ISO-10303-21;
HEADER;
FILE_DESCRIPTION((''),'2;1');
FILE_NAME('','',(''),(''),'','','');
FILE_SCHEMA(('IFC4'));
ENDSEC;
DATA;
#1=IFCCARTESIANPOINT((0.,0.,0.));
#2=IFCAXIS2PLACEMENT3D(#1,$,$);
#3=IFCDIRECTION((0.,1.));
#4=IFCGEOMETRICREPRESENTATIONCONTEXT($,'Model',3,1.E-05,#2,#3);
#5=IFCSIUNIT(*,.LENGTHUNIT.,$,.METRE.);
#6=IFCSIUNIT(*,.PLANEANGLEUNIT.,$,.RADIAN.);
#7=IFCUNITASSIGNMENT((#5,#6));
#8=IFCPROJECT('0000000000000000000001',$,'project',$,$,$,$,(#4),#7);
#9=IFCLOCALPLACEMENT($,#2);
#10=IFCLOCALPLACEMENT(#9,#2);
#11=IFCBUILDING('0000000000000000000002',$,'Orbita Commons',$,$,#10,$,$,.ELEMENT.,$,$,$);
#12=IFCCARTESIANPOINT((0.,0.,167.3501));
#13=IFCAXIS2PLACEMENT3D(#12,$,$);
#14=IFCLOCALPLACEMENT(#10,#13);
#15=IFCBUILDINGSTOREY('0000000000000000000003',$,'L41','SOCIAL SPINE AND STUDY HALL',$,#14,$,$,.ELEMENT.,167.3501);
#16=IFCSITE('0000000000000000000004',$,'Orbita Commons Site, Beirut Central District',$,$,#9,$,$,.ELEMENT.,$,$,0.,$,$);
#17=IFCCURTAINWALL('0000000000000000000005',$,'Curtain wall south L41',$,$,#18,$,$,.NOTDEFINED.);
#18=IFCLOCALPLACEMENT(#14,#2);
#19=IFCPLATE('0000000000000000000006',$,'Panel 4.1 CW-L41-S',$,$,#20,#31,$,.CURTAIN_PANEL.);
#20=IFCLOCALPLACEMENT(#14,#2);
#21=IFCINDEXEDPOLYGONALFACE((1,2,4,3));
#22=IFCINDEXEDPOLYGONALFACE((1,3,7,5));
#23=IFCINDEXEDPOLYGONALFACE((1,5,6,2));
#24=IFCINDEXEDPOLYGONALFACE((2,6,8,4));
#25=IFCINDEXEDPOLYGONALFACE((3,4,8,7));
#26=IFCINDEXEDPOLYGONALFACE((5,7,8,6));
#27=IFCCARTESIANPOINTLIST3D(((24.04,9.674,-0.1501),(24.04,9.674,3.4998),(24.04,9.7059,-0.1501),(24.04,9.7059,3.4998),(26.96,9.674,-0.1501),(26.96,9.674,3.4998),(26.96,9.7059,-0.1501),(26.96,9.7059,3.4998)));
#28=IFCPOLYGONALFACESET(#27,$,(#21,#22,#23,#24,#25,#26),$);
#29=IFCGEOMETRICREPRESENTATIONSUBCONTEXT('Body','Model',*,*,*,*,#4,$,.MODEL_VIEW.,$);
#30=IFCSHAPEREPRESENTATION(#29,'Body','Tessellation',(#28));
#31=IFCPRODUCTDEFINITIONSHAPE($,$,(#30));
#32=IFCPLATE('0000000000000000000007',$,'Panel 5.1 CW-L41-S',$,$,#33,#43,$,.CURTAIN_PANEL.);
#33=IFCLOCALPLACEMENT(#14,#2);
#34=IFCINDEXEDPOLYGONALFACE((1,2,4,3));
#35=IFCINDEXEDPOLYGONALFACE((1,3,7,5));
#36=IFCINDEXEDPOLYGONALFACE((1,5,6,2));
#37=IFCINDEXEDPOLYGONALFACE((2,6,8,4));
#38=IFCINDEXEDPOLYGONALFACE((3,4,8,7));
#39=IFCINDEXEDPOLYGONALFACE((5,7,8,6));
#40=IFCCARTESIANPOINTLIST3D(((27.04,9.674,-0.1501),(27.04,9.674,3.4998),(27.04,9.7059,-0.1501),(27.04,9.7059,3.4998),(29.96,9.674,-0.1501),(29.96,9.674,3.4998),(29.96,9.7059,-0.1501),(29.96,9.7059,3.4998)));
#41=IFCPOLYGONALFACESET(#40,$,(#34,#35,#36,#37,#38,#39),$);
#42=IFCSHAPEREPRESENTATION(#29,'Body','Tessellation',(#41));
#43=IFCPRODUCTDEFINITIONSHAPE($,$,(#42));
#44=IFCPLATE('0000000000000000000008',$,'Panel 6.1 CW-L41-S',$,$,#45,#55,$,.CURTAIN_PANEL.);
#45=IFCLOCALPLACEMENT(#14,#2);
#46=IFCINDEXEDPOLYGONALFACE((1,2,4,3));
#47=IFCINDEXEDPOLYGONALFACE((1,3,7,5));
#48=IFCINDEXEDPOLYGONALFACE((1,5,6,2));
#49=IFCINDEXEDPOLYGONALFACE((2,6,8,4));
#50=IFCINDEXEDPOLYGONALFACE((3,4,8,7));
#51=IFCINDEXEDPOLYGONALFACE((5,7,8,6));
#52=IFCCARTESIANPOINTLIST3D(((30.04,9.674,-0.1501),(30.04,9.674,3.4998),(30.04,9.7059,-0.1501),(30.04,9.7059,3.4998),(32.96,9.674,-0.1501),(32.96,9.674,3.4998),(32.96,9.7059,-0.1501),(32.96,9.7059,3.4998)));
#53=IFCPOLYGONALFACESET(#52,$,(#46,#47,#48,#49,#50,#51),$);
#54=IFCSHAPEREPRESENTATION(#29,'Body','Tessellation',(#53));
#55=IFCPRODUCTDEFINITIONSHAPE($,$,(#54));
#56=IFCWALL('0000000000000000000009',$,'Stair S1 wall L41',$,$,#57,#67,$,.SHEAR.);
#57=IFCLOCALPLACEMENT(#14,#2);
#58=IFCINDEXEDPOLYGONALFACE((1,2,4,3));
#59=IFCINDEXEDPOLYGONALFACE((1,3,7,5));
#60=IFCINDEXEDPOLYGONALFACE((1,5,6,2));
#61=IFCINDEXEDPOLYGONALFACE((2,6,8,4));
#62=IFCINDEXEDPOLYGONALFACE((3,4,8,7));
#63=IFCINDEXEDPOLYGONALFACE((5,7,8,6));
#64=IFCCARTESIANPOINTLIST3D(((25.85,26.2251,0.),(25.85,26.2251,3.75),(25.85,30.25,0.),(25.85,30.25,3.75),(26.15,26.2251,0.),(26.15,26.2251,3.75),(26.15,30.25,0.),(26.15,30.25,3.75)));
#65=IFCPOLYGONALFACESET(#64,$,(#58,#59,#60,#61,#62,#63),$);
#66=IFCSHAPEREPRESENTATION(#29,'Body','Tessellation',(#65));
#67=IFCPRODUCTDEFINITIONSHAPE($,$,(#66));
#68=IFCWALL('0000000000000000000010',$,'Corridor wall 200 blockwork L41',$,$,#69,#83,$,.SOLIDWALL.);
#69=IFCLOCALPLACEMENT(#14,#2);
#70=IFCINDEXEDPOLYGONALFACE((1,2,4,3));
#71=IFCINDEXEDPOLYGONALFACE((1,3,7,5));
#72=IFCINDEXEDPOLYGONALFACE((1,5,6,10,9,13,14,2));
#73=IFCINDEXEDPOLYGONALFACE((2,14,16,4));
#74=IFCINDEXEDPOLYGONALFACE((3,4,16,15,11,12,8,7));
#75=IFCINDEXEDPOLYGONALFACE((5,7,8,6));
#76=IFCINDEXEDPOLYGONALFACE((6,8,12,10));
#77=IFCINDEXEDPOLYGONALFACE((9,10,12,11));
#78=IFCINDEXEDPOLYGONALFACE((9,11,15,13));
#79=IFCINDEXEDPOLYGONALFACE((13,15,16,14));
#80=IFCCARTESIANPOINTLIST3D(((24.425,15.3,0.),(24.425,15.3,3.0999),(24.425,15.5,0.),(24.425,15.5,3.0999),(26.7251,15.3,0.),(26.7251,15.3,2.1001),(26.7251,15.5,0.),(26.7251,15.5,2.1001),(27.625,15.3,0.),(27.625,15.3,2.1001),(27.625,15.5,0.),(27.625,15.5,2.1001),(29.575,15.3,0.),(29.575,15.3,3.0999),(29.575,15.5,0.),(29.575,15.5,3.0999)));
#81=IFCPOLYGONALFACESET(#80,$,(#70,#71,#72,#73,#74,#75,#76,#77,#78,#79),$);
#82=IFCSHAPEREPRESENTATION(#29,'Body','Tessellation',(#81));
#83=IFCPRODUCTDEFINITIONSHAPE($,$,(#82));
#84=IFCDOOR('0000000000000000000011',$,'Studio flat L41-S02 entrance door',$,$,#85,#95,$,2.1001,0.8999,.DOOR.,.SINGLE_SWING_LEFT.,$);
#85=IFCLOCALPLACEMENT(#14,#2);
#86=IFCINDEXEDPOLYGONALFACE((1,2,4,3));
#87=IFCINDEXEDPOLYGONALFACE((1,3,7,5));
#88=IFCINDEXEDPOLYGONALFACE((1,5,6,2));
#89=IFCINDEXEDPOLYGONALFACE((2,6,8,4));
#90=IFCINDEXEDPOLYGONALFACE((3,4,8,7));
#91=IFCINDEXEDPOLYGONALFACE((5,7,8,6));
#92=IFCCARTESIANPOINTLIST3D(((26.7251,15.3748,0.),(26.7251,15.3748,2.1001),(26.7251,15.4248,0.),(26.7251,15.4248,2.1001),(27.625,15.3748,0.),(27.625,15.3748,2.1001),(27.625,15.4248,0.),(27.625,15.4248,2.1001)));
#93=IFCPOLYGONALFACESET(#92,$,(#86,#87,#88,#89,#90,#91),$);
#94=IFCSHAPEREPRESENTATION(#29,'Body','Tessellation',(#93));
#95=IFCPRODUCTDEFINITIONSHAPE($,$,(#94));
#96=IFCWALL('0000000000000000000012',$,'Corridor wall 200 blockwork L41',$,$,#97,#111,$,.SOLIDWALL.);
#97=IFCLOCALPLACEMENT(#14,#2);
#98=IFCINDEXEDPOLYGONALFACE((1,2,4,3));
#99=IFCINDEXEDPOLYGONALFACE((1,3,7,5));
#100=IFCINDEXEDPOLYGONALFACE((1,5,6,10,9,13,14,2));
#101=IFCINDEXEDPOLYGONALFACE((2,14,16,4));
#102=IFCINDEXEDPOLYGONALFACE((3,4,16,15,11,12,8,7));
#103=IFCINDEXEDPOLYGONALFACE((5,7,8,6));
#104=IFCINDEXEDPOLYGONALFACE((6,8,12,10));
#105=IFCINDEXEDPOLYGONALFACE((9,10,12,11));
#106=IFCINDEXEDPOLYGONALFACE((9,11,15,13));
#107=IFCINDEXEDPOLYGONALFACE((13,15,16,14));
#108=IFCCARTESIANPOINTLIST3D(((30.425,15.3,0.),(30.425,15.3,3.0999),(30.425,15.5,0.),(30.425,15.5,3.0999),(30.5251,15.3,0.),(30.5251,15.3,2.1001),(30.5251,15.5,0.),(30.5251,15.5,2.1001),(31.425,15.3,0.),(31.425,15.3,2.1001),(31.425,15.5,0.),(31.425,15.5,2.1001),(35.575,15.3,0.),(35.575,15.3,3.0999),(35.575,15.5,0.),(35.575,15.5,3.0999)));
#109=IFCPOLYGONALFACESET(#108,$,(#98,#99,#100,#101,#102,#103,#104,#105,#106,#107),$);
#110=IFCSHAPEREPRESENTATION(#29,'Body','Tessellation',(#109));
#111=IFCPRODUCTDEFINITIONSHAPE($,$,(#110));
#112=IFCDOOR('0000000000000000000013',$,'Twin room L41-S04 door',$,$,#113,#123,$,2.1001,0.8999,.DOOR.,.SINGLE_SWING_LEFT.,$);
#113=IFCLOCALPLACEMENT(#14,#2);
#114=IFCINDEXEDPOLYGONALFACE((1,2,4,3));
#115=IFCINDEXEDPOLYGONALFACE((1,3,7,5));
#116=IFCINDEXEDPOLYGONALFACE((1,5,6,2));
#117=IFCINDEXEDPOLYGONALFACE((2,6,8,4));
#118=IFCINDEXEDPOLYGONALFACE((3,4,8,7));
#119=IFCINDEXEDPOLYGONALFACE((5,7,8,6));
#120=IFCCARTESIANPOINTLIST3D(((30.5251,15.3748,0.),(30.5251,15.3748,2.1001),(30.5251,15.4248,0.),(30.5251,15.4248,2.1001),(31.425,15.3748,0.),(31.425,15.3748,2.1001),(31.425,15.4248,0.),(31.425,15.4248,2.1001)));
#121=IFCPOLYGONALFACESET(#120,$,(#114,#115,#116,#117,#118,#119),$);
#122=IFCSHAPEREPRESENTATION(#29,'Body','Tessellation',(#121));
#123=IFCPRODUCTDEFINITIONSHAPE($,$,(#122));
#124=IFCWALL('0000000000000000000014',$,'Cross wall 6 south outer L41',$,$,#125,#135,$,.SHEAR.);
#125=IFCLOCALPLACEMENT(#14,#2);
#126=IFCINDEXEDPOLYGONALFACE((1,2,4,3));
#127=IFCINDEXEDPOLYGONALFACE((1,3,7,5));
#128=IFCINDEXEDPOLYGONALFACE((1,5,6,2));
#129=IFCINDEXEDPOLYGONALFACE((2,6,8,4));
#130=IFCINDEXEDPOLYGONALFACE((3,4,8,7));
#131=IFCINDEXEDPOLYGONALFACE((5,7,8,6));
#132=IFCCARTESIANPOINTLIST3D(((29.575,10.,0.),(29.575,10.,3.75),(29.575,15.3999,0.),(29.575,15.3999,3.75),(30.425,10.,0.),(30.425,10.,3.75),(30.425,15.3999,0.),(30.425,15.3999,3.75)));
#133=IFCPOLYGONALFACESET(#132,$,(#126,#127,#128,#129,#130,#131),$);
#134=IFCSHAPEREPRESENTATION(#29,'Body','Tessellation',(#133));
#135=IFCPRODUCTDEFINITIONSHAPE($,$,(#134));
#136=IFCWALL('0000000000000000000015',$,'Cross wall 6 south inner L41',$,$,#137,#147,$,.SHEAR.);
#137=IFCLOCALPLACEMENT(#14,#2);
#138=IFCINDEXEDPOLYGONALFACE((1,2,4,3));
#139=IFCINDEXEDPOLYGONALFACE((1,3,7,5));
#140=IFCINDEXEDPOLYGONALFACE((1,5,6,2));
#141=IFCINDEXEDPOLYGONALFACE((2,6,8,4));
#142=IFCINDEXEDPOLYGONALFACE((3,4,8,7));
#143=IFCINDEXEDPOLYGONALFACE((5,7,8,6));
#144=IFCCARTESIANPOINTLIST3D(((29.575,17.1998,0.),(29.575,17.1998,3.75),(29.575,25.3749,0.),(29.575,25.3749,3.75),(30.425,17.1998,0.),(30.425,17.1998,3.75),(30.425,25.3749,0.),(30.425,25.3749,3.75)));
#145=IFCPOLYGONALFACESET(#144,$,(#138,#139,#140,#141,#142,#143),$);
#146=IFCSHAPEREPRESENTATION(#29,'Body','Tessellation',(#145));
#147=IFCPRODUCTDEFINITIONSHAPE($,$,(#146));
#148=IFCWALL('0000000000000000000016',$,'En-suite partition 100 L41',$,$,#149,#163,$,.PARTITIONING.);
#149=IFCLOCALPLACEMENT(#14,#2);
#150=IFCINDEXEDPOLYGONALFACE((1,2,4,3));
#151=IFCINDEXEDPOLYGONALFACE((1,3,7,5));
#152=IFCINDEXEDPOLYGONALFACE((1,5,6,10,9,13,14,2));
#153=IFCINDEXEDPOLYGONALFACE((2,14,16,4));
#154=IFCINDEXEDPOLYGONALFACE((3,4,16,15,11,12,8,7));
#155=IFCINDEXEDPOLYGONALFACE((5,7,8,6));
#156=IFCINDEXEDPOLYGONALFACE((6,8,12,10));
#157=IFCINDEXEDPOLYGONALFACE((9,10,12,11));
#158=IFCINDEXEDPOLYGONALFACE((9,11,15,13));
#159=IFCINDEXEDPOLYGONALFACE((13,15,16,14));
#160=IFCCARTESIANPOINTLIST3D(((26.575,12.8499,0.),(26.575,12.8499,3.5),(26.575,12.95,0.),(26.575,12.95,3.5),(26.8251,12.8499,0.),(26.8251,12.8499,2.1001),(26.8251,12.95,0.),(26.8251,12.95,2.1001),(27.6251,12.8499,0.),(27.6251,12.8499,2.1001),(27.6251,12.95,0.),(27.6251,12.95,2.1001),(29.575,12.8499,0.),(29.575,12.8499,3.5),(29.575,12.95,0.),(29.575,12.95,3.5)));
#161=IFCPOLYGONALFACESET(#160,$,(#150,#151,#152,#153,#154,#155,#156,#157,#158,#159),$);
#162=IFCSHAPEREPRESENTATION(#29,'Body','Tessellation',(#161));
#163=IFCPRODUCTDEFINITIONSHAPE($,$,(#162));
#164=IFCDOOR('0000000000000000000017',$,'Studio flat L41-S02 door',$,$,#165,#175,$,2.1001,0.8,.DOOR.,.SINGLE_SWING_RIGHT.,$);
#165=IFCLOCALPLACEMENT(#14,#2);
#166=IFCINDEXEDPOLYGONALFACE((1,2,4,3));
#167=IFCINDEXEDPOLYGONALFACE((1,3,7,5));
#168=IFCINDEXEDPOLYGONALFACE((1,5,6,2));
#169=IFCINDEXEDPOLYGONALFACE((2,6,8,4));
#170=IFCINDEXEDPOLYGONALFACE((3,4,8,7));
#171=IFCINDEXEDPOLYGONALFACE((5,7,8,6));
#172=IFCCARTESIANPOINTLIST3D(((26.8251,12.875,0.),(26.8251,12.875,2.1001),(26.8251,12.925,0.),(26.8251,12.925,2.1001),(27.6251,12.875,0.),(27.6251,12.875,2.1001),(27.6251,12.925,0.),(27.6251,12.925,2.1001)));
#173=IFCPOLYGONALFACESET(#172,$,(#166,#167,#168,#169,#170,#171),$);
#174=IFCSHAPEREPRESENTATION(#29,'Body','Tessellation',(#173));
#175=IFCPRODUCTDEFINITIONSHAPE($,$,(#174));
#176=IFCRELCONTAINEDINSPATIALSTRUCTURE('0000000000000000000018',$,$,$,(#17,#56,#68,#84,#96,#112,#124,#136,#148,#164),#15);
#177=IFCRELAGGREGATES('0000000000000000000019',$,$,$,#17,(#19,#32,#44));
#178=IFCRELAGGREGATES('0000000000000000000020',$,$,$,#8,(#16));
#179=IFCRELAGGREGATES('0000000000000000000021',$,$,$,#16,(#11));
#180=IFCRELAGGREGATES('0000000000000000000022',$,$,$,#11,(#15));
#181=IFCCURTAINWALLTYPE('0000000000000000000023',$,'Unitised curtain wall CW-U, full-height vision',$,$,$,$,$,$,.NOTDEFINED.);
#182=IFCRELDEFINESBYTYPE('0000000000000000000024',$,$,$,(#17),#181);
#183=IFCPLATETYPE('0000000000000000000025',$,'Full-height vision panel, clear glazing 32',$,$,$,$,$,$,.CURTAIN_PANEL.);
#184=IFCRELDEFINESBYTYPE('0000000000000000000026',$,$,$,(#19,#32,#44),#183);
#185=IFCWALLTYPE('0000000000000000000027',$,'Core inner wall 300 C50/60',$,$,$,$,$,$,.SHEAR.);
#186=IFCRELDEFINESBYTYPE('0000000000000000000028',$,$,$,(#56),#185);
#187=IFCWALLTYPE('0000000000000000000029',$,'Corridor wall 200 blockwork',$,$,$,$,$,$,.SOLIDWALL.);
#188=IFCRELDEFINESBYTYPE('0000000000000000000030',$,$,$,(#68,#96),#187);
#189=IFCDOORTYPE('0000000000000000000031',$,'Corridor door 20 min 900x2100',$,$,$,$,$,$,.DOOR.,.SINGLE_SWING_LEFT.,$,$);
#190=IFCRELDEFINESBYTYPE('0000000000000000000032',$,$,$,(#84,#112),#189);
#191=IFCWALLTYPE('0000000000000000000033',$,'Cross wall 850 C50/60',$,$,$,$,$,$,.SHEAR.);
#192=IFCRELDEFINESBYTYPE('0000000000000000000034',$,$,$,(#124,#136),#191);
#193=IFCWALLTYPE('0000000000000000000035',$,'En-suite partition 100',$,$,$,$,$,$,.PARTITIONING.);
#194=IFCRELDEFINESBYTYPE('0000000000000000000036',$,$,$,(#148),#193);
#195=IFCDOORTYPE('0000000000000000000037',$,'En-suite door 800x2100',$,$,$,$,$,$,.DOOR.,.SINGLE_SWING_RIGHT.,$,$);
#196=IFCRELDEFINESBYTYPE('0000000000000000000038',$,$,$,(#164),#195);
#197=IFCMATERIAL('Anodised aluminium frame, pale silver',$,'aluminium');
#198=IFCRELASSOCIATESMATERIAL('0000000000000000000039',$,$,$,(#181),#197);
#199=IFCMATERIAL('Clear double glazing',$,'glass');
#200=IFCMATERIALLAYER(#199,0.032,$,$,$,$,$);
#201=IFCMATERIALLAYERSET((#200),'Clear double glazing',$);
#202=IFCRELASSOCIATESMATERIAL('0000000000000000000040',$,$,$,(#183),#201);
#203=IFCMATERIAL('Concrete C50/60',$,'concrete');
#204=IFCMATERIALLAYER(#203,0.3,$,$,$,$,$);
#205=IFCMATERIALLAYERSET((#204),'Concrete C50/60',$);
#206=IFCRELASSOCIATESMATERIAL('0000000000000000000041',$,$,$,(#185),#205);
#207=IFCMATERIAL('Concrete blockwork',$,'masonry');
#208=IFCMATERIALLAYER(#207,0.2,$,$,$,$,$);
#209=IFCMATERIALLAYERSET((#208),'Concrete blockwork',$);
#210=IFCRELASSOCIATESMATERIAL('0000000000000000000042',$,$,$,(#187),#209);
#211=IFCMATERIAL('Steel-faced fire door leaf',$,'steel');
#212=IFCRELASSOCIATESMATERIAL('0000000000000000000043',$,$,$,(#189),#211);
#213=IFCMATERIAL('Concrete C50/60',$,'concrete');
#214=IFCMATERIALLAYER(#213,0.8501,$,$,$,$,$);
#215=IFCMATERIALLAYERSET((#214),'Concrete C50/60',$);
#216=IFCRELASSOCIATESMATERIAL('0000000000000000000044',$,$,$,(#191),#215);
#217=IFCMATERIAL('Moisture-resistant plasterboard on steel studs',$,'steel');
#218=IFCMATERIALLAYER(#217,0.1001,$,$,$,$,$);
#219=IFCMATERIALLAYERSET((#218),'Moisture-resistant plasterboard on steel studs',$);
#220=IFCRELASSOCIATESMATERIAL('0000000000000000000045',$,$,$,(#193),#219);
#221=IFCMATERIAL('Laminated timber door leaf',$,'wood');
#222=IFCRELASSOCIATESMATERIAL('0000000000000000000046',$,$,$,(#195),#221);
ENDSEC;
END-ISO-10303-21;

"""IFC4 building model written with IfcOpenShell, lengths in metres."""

from ifc_helpers import new_model, si_unit, direction, frame, frame_2d, origin, origin_2d, place, context, subcontext, project, spatial, polyline, rectangle, outline, extrude, material, layer, layer_set, type_object, element, fill, aggregate, save


model = new_model("IFC4")

# Units and contexts
model_context = context("Model", 3, precision=1e-05, world=origin(), true_north=direction((0.0, 1.0)))
body_context = subcontext(model_context, "Body", "Model", "MODEL_VIEW")
ifc_project = project(units=[si_unit("LENGTHUNIT", "METRE"), si_unit("PLANEANGLEUNIT", "RADIAN")], contexts=[model_context])

# Site, building, storey
site_placement = place(None, origin())
site = spatial("IfcSite", under=ifc_project, at=site_placement, Name="Orbita Commons Site, Beirut Central District", CompositionType="ELEMENT", RefElevation=0.0)
building_placement = place(site_placement, origin())
building = spatial("IfcBuilding", under=site, at=building_placement, Name="Orbita Commons", CompositionType="ELEMENT")
storey_placement = place(building_placement, frame((0.0, 0.0, 167.3501)))
storey = spatial("IfcBuildingStorey", under=building, at=storey_placement, Name="L41", Description="SOCIAL SPINE AND STUDY HALL", CompositionType="ELEMENT", Elevation=167.3501)

# Curtain wall
ifc_material_1 = material(Name="Anodised aluminium frame, pale silver", Category="aluminium")
curtain_wall_type = type_object("IfcCurtainWallType", Name="Unitised curtain wall CW-U, full-height vision", PredefinedType="NOTDEFINED", material=ifc_material_1)
curtain_wall_placement = place(storey_placement, origin())
curtain_wall = element("IfcCurtainWall", 1, at=curtain_wall_placement, inside=storey, type_object=curtain_wall_type, Name="Curtain wall south L41", PredefinedType="NOTDEFINED")

# Plates
ifc_material_2 = material(Name="Clear double glazing", Category="glass")
ifc_layer_1 = layer(ifc_material_2, 0.032)
ifc_layer_set_1 = layer_set([ifc_layer_1], Name="Clear double glazing")
plate_type = type_object("IfcPlateType", Name="Full-height vision panel, clear glazing 32", PredefinedType="CURTAIN_PANEL", material=ifc_layer_set_1)
plate_1_placement = place(storey_placement, frame((25.5, 9.6899, -0.1501), z_axis=(0.0, 0.0, 1.0), x_axis=(1.0, 0.0, 0.0)))
plate_1 = element("IfcPlate", 2, at=plate_1_placement, type_object=plate_type, Name="Panel 4.1 CW-L41-S", PredefinedType="CURTAIN_PANEL", context=body_context, shape_type="SweptSolid", body=[
    extrude(rectangle(XDim=2.9199, YDim=0.032, at=origin_2d()), origin(), (0.0, 0.0, 1.0), 3.6499),
])
plate_2_placement = place(storey_placement, frame((28.5, 9.6899, -0.1501), z_axis=(0.0, 0.0, 1.0), x_axis=(1.0, 0.0, 0.0)))
plate_2 = element("IfcPlate", 3, at=plate_2_placement, type_object=plate_type, Name="Panel 5.1 CW-L41-S", PredefinedType="CURTAIN_PANEL", context=body_context, shape_type="SweptSolid", body=[
    extrude(rectangle(XDim=2.9199, YDim=0.032, at=origin_2d()), origin(), (0.0, 0.0, 1.0), 3.6499),
])
plate_3_placement = place(storey_placement, frame((31.5, 9.6899, -0.1501), z_axis=(0.0, 0.0, 1.0), x_axis=(1.0, 0.0, 0.0)))
plate_3 = element("IfcPlate", 4, at=plate_3_placement, type_object=plate_type, Name="Panel 6.1 CW-L41-S", PredefinedType="CURTAIN_PANEL", context=body_context, shape_type="SweptSolid", body=[
    extrude(rectangle(XDim=2.9199, YDim=0.032, at=origin_2d()), origin(), (0.0, 0.0, 1.0), 3.6499),
])
aggregate(curtain_wall, [plate_1, plate_2, plate_3])

# Wall
ifc_material_3 = material(Name="Concrete C50/60", Category="concrete")
ifc_layer_2 = layer(ifc_material_3, 0.3)
ifc_layer_set_2 = layer_set([ifc_layer_2], Name="Concrete C50/60")
wall_type_1 = type_object("IfcWallType", Name="Core inner wall 300 C50/60", PredefinedType="SHEAR", material=ifc_layer_set_2)
wall_1_placement = place(storey_placement, frame((26.0, 26.2251, 0.0), z_axis=(0.0, 0.0, 1.0), x_axis=(0.0, 1.0, 0.0)))
element("IfcWall", 5, at=wall_1_placement, inside=storey, type_object=wall_type_1, Name="Stair S1 wall L41", PredefinedType="SHEAR", context=body_context, shape_type="SweptSolid", body=[
    extrude(rectangle(XDim=4.0249, YDim=0.3, at=frame_2d((2.0125, 0.0))), origin(), (0.0, 0.0, 1.0), 3.75),
])

# Walls, openings, doors
ifc_material_4 = material(Name="Concrete blockwork", Category="masonry")
ifc_layer_3 = layer(ifc_material_4, 0.2)
ifc_layer_set_3 = layer_set([ifc_layer_3], Name="Concrete blockwork")
wall_type_2 = type_object("IfcWallType", Name="Corridor wall 200 blockwork", PredefinedType="SOLIDWALL", material=ifc_layer_set_3)
wall_2_placement = place(storey_placement, frame((24.425, 15.3999, 0.0), z_axis=(0.0, 0.0, 1.0), x_axis=(1.0, 0.0, 0.0)))
wall_2 = element("IfcWall", 6, at=wall_2_placement, inside=storey, type_object=wall_type_2, Name="Corridor wall 200 blockwork L41", PredefinedType="SOLIDWALL", context=body_context, shape_type="SweptSolid", body=[
    extrude(outline(polyline([(0.0, 0.0), (5.1499, 0.0), (5.1499, 3.0999), (0.0, 3.0999), (0.0, 0.0)])), frame((0.0, 0.1001, 0.0), z_axis=(0.0, -1.0, 0.0), x_axis=(1.0, 0.0, 0.0)), (0.0, 0.0, 1.0), 0.2),
])
opening_1_placement = place(wall_2_placement, frame((2.3, 0.0, 0.0)))
opening_1 = element("IfcOpeningElement", 7, at=opening_1_placement, cuts=wall_2, PredefinedType="OPENING", context=body_context, shape_type="SweptSolid", body=[
    extrude(rectangle(XDim=0.8999, YDim=2.1001, at=frame_2d((0.45, 1.05))), frame((0.0, 0.1099, 0.0), z_axis=(0.0, -1.0, 0.0), x_axis=(1.0, 0.0, 0.0)), (0.0, 0.0, 1.0), 0.22),
])
ifc_material_5 = material(Name="Steel-faced fire door leaf", Category="steel")
door_type_1 = type_object("IfcDoorType", Name="Corridor door 20 min 900x2100", OperationType="SINGLE_SWING_LEFT", PredefinedType="DOOR", material=ifc_material_5)
door_1_placement = place(opening_1_placement, origin())
door_1 = element("IfcDoor", 8, at=door_1_placement, inside=storey, type_object=door_type_1, Name="Studio flat L41-S02 entrance door", OperationType="SINGLE_SWING_LEFT", OverallHeight=2.1001, OverallWidth=0.8999, PredefinedType="DOOR", context=body_context, shape_type="SweptSolid", body=[
    extrude(rectangle(XDim=0.8999, YDim=2.1001, at=frame_2d((0.45, 1.05))), frame((0.0, 0.0249, 0.0), z_axis=(0.0, -1.0, 0.0), x_axis=(1.0, 0.0, 0.0)), (0.0, 0.0, 1.0), 0.05),
])
fill(opening_1, door_1)
wall_3_placement = place(storey_placement, frame((30.425, 15.3999, 0.0), z_axis=(0.0, 0.0, 1.0), x_axis=(1.0, 0.0, 0.0)))
wall_3 = element("IfcWall", 9, at=wall_3_placement, inside=storey, type_object=wall_type_2, Name="Corridor wall 200 blockwork L41", PredefinedType="SOLIDWALL", context=body_context, shape_type="SweptSolid", body=[
    extrude(outline(polyline([(0.0, 0.0), (5.1499, 0.0), (5.1499, 3.0999), (0.0, 3.0999), (0.0, 0.0)])), frame((0.0, 0.1001, 0.0), z_axis=(0.0, -1.0, 0.0), x_axis=(1.0, 0.0, 0.0)), (0.0, 0.0, 1.0), 0.2),
])
opening_2_placement = place(wall_3_placement, frame((0.1001, 0.0, 0.0)))
opening_2 = element("IfcOpeningElement", 10, at=opening_2_placement, cuts=wall_3, PredefinedType="OPENING", context=body_context, shape_type="SweptSolid", body=[
    extrude(rectangle(XDim=0.8999, YDim=2.1001, at=frame_2d((0.45, 1.05))), frame((0.0, 0.1099, 0.0), z_axis=(0.0, -1.0, 0.0), x_axis=(1.0, 0.0, 0.0)), (0.0, 0.0, 1.0), 0.22),
])
door_2_placement = place(opening_2_placement, origin())
door_2 = element("IfcDoor", 11, at=door_2_placement, inside=storey, type_object=door_type_1, Name="Twin room L41-S04 door", OperationType="SINGLE_SWING_LEFT", OverallHeight=2.1001, OverallWidth=0.8999, PredefinedType="DOOR", context=body_context, shape_type="SweptSolid", body=[
    extrude(rectangle(XDim=0.8999, YDim=2.1001, at=frame_2d((0.45, 1.05))), frame((0.0, 0.0249, 0.0), z_axis=(0.0, -1.0, 0.0), x_axis=(1.0, 0.0, 0.0)), (0.0, 0.0, 1.0), 0.05),
])
fill(opening_2, door_2)

# Walls
ifc_material_6 = material(Name="Concrete C50/60", Category="concrete")
ifc_layer_4 = layer(ifc_material_6, 0.8501)
ifc_layer_set_4 = layer_set([ifc_layer_4], Name="Concrete C50/60")
wall_type_3 = type_object("IfcWallType", Name="Cross wall 850 C50/60", PredefinedType="SHEAR", material=ifc_layer_set_4)
wall_4_placement = place(storey_placement, frame((30.0, 10.0, 0.0), z_axis=(0.0, 0.0, 1.0), x_axis=(0.0, 1.0, 0.0)))
element("IfcWall", 12, at=wall_4_placement, inside=storey, type_object=wall_type_3, Name="Cross wall 6 south outer L41", PredefinedType="SHEAR", context=body_context, shape_type="SweptSolid", body=[
    extrude(rectangle(XDim=5.3999, YDim=0.8501, at=frame_2d((2.7, 0.0))), origin(), (0.0, 0.0, 1.0), 3.75),
])
wall_5_placement = place(storey_placement, frame((30.0, 17.2, 0.0), z_axis=(0.0, 0.0, 1.0), x_axis=(0.0, 1.0, 0.0)))
element("IfcWall", 13, at=wall_5_placement, inside=storey, type_object=wall_type_3, Name="Cross wall 6 south inner L41", PredefinedType="SHEAR", context=body_context, shape_type="SweptSolid", body=[
    extrude(rectangle(XDim=8.175, YDim=0.8501, at=frame_2d((4.0874, 0.0))), origin(), (0.0, 0.0, 1.0), 3.75),
])

# Wall, opening, door
ifc_material_7 = material(Name="Moisture-resistant plasterboard on steel studs", Category="steel")
ifc_layer_5 = layer(ifc_material_7, 0.1001)
ifc_layer_set_5 = layer_set([ifc_layer_5], Name="Moisture-resistant plasterboard on steel studs")
wall_type_4 = type_object("IfcWallType", Name="En-suite partition 100", PredefinedType="PARTITIONING", material=ifc_layer_set_5)
wall_6_placement = place(storey_placement, frame((29.575, 12.8999, 0.0), z_axis=(0.0, 0.0, 1.0), x_axis=(-1.0, 0.0, 0.0)))
wall_6 = element("IfcWall", 14, at=wall_6_placement, inside=storey, type_object=wall_type_4, Name="En-suite partition 100 L41", PredefinedType="PARTITIONING", context=body_context, shape_type="SweptSolid", body=[
    extrude(rectangle(XDim=3.0, YDim=0.1001, at=frame_2d((1.5, 0.0))), origin(), (0.0, 0.0, 1.0), 3.5),
])
opening_3_placement = place(wall_6_placement, frame((1.95, 0.0, 0.0)))
opening_3 = element("IfcOpeningElement", 15, at=opening_3_placement, cuts=wall_6, PredefinedType="OPENING", context=body_context, shape_type="SweptSolid", body=[
    extrude(rectangle(XDim=0.8, YDim=2.1001, at=frame_2d((0.3999, 1.05))), frame((0.0, 0.0601, 0.0), z_axis=(0.0, -1.0, 0.0), x_axis=(1.0, 0.0, 0.0)), (0.0, 0.0, 1.0), 0.1201),
])
ifc_material_8 = material(Name="Laminated timber door leaf", Category="wood")
door_type_2 = type_object("IfcDoorType", Name="En-suite door 800x2100", OperationType="SINGLE_SWING_RIGHT", PredefinedType="DOOR", material=ifc_material_8)
door_3_placement = place(opening_3_placement, origin())
door_3 = element("IfcDoor", 16, at=door_3_placement, inside=storey, type_object=door_type_2, Name="Studio flat L41-S02 door", OperationType="SINGLE_SWING_RIGHT", OverallHeight=2.1001, OverallWidth=0.8, PredefinedType="DOOR", context=body_context, shape_type="SweptSolid", body=[
    extrude(rectangle(XDim=0.8, YDim=2.1001, at=frame_2d((0.3999, 1.05))), frame((0.0, 0.0249, 0.0), z_axis=(0.0, -1.0, 0.0), x_axis=(1.0, 0.0, 0.0)), (0.0, 0.0, 1.0), 0.05),
])
fill(opening_3, door_3)

save(model, "model.ifc")
